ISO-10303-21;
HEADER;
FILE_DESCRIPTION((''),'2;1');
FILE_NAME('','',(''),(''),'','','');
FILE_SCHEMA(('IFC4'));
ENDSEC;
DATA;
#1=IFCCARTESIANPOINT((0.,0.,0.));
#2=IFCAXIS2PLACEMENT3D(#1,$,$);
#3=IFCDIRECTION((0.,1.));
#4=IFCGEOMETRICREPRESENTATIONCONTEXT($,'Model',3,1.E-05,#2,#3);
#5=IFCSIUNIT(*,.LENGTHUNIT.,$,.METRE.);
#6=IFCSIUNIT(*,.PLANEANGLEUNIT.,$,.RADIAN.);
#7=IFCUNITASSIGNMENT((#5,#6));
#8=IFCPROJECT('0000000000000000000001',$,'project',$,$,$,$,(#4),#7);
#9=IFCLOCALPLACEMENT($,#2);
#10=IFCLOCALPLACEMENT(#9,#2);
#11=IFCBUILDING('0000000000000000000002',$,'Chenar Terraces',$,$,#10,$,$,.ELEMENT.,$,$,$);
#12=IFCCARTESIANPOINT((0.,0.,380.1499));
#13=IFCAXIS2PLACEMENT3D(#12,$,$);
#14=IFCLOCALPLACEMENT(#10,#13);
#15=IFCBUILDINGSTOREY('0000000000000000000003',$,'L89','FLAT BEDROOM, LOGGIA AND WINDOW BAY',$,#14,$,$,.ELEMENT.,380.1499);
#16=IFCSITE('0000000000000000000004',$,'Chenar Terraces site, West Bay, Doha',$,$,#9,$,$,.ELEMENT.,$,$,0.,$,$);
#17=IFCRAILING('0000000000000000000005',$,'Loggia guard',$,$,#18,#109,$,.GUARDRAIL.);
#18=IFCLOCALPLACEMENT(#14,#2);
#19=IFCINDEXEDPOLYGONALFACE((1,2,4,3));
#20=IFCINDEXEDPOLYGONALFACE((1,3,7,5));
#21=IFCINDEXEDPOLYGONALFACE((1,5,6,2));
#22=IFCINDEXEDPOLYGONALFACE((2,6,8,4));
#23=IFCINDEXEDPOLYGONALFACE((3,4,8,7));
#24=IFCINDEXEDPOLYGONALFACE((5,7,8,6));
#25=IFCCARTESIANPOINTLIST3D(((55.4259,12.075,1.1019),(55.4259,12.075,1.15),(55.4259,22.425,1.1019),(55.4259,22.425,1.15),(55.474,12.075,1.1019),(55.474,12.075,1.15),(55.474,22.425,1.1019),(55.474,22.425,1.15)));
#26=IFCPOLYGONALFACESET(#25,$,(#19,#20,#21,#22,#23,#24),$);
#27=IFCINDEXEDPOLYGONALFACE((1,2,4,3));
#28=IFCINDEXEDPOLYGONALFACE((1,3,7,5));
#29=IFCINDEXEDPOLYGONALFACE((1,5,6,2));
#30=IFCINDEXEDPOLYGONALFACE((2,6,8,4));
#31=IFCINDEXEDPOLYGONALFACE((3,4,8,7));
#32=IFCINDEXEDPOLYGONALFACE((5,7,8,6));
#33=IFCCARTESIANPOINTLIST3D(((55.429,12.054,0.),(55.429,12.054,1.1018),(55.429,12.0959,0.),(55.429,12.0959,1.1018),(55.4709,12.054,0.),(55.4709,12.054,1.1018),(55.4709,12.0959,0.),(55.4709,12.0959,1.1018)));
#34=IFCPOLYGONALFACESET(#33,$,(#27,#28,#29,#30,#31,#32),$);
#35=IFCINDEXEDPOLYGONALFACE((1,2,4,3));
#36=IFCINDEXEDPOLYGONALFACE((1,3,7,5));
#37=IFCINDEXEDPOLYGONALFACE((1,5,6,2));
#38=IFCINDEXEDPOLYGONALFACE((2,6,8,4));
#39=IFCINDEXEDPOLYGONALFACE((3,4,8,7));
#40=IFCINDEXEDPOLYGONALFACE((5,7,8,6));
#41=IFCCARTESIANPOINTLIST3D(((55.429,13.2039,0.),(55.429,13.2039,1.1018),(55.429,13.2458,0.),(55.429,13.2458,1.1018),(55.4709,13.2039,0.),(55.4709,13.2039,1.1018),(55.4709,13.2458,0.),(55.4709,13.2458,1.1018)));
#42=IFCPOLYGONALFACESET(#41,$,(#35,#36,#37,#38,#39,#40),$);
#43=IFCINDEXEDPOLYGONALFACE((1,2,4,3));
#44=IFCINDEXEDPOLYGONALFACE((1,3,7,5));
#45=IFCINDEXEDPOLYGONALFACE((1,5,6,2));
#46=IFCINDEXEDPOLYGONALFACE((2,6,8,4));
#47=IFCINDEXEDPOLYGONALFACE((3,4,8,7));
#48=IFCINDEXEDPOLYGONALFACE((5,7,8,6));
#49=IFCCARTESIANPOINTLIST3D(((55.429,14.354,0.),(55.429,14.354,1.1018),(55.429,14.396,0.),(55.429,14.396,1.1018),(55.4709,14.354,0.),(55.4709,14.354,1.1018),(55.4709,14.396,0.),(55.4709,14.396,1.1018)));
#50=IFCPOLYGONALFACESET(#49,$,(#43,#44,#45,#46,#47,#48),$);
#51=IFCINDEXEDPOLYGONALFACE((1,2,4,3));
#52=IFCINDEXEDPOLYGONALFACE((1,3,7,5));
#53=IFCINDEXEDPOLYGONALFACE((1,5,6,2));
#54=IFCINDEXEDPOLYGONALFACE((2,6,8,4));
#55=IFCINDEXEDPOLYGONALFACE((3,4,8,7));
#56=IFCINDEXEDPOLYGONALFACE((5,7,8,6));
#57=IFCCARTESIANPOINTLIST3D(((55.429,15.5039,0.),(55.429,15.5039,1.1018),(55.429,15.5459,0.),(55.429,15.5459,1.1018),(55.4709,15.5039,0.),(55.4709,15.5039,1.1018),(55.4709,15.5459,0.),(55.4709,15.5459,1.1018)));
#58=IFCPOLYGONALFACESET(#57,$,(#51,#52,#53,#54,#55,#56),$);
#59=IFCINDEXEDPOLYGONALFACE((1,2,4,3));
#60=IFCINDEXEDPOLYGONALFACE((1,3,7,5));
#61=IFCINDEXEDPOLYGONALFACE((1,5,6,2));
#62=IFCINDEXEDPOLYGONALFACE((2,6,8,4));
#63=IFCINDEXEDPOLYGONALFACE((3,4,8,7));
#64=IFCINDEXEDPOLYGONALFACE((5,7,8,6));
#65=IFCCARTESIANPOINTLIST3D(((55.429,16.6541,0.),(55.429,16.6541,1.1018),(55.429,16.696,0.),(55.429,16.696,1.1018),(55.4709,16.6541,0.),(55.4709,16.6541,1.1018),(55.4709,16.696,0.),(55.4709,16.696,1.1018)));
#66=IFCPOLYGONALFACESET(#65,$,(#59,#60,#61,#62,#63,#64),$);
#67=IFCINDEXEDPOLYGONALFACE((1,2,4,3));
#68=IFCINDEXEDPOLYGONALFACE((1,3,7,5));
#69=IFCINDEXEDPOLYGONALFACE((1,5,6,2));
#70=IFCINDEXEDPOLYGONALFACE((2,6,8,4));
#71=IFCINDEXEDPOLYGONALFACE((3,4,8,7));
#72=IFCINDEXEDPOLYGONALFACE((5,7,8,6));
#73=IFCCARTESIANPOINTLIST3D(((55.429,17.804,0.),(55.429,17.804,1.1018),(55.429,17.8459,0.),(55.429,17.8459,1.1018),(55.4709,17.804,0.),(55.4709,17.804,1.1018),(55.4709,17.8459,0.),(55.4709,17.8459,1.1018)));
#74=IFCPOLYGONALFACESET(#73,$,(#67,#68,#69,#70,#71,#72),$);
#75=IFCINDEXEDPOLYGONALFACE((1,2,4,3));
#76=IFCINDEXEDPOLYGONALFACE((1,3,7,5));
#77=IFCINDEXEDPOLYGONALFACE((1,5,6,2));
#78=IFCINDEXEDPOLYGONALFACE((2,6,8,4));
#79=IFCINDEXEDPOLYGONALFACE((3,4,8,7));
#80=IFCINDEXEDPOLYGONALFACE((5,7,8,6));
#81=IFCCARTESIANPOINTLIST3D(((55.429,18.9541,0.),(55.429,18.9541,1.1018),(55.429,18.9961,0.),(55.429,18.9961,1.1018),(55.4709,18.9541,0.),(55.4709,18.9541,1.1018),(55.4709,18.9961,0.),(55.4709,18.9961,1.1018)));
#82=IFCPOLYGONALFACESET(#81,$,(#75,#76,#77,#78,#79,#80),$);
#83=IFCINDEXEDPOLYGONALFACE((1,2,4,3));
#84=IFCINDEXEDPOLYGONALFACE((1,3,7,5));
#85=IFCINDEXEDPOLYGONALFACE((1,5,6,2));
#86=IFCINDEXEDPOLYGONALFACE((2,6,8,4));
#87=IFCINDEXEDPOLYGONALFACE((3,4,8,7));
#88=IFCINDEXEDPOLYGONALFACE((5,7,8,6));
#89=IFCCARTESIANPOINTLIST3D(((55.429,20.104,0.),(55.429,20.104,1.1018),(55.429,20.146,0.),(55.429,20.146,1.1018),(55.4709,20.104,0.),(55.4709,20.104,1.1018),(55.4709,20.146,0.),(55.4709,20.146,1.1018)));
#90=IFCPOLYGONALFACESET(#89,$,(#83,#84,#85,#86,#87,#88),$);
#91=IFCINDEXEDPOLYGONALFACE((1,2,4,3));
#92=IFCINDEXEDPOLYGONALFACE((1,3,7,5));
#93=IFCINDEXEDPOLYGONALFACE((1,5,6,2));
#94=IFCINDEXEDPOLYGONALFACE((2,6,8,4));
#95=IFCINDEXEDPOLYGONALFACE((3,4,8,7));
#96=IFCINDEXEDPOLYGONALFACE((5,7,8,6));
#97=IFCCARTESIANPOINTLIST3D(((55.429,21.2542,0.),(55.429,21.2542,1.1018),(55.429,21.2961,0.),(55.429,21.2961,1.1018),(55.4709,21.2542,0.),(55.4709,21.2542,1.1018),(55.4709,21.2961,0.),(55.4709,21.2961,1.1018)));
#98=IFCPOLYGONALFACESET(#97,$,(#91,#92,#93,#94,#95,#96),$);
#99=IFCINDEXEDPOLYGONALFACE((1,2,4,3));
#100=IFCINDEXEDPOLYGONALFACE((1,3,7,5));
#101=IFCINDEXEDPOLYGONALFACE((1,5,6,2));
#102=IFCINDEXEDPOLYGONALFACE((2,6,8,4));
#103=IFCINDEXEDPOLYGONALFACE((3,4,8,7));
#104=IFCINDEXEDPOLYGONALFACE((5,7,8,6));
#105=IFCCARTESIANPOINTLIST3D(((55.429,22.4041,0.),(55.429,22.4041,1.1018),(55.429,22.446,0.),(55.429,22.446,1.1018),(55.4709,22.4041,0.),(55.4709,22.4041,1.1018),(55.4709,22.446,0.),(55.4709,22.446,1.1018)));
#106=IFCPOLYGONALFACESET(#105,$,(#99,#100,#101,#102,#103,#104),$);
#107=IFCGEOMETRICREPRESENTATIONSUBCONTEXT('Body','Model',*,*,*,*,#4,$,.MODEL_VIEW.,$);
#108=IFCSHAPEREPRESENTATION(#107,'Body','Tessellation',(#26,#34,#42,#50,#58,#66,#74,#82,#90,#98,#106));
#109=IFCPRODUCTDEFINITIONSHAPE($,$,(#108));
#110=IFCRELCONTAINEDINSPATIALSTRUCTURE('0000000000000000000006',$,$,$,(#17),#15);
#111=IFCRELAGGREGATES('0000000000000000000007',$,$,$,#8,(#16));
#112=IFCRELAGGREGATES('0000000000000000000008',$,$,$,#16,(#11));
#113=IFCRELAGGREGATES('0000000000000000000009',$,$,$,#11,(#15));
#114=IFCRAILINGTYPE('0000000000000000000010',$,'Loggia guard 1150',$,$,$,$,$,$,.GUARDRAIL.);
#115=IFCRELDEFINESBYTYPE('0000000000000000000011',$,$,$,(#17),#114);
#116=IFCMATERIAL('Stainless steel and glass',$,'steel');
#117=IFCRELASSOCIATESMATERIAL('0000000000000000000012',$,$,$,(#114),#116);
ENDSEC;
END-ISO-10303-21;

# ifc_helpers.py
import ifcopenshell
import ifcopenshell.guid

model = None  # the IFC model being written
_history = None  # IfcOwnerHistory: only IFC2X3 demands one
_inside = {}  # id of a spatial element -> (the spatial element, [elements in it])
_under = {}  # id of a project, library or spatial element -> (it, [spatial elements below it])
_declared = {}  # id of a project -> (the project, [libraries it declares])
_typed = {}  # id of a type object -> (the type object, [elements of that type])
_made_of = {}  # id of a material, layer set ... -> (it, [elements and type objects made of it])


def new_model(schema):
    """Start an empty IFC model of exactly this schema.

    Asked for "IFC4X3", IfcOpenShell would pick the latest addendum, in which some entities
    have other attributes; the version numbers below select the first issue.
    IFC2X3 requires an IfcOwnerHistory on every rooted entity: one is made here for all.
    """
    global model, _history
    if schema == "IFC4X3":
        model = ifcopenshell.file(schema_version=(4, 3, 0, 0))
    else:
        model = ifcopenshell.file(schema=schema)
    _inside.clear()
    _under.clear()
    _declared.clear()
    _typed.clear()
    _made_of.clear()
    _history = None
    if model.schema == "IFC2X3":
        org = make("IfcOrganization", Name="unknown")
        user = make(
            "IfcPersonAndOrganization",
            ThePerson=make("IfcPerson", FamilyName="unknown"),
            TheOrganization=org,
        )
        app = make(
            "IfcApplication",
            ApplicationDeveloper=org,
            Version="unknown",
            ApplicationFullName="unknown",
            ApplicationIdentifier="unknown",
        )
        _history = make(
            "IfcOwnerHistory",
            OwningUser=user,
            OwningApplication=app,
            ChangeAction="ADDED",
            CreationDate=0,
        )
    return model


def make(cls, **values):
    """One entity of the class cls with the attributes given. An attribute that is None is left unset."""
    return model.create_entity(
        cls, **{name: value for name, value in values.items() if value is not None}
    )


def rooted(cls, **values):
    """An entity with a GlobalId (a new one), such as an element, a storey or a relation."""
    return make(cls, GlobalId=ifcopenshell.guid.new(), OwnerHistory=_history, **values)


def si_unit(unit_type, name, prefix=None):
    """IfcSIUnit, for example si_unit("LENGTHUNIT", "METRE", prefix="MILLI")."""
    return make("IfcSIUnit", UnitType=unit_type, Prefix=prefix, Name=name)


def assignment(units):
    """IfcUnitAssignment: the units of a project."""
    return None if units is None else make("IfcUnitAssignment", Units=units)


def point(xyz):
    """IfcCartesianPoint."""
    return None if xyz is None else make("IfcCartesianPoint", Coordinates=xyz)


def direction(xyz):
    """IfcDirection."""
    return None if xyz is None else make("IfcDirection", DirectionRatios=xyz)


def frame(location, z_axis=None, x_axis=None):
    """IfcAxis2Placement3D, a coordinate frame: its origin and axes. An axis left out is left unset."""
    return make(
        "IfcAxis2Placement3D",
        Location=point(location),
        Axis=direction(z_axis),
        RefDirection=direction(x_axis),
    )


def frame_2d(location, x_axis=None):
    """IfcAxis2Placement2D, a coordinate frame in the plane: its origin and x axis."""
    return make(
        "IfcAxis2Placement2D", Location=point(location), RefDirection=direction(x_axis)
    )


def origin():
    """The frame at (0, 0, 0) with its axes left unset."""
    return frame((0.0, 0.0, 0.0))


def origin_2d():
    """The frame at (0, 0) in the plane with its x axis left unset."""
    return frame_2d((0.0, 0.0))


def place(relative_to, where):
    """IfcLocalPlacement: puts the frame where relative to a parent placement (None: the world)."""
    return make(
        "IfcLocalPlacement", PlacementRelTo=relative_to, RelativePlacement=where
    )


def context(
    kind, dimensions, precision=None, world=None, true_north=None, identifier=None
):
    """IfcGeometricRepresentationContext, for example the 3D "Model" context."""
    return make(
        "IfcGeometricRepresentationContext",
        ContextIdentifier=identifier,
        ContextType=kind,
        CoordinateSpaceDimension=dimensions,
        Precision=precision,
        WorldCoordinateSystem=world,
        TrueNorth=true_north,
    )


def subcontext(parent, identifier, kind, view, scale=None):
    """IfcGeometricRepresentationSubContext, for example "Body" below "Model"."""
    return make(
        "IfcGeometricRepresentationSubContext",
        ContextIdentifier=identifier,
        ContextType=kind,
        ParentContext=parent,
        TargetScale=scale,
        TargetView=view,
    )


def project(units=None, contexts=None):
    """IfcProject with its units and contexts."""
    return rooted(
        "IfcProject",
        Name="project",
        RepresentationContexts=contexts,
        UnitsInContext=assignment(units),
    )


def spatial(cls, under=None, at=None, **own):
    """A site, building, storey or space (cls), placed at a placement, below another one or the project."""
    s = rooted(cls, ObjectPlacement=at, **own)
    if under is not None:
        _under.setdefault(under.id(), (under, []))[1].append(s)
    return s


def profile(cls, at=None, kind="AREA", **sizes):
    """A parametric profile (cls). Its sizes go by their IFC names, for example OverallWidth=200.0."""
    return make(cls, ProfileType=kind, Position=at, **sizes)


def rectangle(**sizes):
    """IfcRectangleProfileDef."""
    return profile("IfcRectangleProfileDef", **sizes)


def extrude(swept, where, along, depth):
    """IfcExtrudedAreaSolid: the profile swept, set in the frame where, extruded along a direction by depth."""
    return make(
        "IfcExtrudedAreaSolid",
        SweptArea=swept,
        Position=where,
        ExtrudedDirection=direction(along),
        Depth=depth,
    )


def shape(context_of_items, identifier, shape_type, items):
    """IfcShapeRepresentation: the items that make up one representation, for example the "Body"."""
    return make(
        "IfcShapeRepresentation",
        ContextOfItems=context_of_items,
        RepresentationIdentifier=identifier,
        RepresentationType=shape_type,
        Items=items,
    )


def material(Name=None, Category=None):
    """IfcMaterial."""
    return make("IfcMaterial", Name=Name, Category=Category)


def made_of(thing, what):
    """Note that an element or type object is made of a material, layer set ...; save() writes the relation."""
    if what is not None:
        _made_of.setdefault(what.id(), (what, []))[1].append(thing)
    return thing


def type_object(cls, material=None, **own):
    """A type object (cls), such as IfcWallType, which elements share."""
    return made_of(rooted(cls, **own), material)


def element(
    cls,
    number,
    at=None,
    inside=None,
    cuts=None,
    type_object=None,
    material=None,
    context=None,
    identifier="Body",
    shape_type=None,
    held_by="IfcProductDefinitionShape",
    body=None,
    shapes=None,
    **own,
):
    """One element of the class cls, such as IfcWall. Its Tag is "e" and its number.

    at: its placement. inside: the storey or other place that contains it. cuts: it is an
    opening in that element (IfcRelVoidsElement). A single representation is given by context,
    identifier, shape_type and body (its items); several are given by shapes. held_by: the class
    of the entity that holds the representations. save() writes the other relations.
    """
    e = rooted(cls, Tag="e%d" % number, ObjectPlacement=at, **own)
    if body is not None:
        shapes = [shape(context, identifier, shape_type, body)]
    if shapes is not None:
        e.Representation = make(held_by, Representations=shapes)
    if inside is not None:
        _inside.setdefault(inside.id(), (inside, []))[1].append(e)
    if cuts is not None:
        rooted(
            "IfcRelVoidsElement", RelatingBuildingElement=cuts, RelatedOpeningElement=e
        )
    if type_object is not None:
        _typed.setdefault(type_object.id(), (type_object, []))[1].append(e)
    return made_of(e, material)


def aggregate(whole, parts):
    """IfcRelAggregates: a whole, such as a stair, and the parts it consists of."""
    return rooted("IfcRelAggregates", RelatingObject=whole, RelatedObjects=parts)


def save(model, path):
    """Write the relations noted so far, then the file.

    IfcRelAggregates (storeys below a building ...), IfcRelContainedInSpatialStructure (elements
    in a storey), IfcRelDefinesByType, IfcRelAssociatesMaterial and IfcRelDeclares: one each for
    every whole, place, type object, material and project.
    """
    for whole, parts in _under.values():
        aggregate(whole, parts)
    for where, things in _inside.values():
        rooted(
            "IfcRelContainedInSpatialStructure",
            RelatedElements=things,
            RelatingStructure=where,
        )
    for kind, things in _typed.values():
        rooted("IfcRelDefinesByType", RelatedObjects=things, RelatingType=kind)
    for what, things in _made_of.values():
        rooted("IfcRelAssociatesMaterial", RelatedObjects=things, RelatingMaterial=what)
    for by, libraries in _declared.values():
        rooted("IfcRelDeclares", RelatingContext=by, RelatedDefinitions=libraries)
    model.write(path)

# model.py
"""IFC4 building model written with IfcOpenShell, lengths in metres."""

from ifc_helpers import new_model, si_unit, direction, frame, origin, origin_2d, place, context, subcontext, project, spatial, rectangle, extrude, material, type_object, element, save


model = new_model("IFC4")

# Units and contexts
model_context = context("Model", 3, precision=1e-05, world=origin(), true_north=direction((0.0, 1.0)))
body_context = subcontext(model_context, "Body", "Model", "MODEL_VIEW")
ifc_project = project(units=[si_unit("LENGTHUNIT", "METRE"), si_unit("PLANEANGLEUNIT", "RADIAN")], contexts=[model_context])

# Site, building, storey
site_placement = place(None, origin())
site = spatial("IfcSite", under=ifc_project, at=site_placement, Name="Chenar Terraces site, West Bay, Doha", CompositionType="ELEMENT", RefElevation=0.0)
building_placement = place(site_placement, origin())
building = spatial("IfcBuilding", under=site, at=building_placement, Name="Chenar Terraces", CompositionType="ELEMENT")
storey_placement = place(building_placement, frame((0.0, 0.0, 380.1499)))
storey = spatial("IfcBuildingStorey", under=building, at=storey_placement, Name="L89", Description="FLAT BEDROOM, LOGGIA AND WINDOW BAY", CompositionType="ELEMENT", Elevation=380.1499)

# Railing
ifc_material_1 = material(Name="Stainless steel and glass", Category="steel")
railing_type_1 = type_object("IfcRailingType", Name="Loggia guard 1150", PredefinedType="GUARDRAIL", material=ifc_material_1)
railing_1_placement = place(storey_placement, frame((55.45, 12.075, 0.0)))
element("IfcRailing", 1, at=railing_1_placement, inside=storey, type_object=railing_type_1, Name="Loggia guard", PredefinedType="GUARDRAIL", context=body_context, shape_type="SweptSolid", body=[
    extrude(rectangle(XDim=0.0481, YDim=0.0481, at=origin_2d()), frame((0.0, 0.0, 1.126), z_axis=(0.0, 1.0, 0.0), x_axis=(-1.0, 0.0, 0.0)), (0.0, 0.0, 1.0), 10.3501),
    extrude(rectangle(XDim=0.042, YDim=0.042, at=origin_2d()), origin(), (0.0, 0.0, 1.0), 1.1018),
    extrude(rectangle(XDim=0.042, YDim=0.042, at=origin_2d()), frame((0.0, 1.1499, 0.0)), (0.0, 0.0, 1.0), 1.1018),
    extrude(rectangle(XDim=0.042, YDim=0.042, at=origin_2d()), frame((0.0, 2.3, 0.0)), (0.0, 0.0, 1.0), 1.1018),
    extrude(rectangle(XDim=0.042, YDim=0.042, at=origin_2d()), frame((0.0, 3.45, 0.0)), (0.0, 0.0, 1.0), 1.1018),
    extrude(rectangle(XDim=0.042, YDim=0.042, at=origin_2d()), frame((0.0, 4.6001, 0.0)), (0.0, 0.0, 1.0), 1.1018),
    extrude(rectangle(XDim=0.042, YDim=0.042, at=origin_2d()), frame((0.0, 5.75, 0.0)), (0.0, 0.0, 1.0), 1.1018),
    extrude(rectangle(XDim=0.042, YDim=0.042, at=origin_2d()), frame((0.0, 6.9001, 0.0)), (0.0, 0.0, 1.0), 1.1018),
    extrude(rectangle(XDim=0.042, YDim=0.042, at=origin_2d()), frame((0.0, 8.05, 0.0)), (0.0, 0.0, 1.0), 1.1018),
    extrude(rectangle(XDim=0.042, YDim=0.042, at=origin_2d()), frame((0.0, 9.2002, 0.0)), (0.0, 0.0, 1.0), 1.1018),
    extrude(rectangle(XDim=0.042, YDim=0.042, at=origin_2d()), frame((0.0, 10.3501, 0.0)), (0.0, 0.0, 1.0), 1.1018),
])

save(model, "model.ifc")
